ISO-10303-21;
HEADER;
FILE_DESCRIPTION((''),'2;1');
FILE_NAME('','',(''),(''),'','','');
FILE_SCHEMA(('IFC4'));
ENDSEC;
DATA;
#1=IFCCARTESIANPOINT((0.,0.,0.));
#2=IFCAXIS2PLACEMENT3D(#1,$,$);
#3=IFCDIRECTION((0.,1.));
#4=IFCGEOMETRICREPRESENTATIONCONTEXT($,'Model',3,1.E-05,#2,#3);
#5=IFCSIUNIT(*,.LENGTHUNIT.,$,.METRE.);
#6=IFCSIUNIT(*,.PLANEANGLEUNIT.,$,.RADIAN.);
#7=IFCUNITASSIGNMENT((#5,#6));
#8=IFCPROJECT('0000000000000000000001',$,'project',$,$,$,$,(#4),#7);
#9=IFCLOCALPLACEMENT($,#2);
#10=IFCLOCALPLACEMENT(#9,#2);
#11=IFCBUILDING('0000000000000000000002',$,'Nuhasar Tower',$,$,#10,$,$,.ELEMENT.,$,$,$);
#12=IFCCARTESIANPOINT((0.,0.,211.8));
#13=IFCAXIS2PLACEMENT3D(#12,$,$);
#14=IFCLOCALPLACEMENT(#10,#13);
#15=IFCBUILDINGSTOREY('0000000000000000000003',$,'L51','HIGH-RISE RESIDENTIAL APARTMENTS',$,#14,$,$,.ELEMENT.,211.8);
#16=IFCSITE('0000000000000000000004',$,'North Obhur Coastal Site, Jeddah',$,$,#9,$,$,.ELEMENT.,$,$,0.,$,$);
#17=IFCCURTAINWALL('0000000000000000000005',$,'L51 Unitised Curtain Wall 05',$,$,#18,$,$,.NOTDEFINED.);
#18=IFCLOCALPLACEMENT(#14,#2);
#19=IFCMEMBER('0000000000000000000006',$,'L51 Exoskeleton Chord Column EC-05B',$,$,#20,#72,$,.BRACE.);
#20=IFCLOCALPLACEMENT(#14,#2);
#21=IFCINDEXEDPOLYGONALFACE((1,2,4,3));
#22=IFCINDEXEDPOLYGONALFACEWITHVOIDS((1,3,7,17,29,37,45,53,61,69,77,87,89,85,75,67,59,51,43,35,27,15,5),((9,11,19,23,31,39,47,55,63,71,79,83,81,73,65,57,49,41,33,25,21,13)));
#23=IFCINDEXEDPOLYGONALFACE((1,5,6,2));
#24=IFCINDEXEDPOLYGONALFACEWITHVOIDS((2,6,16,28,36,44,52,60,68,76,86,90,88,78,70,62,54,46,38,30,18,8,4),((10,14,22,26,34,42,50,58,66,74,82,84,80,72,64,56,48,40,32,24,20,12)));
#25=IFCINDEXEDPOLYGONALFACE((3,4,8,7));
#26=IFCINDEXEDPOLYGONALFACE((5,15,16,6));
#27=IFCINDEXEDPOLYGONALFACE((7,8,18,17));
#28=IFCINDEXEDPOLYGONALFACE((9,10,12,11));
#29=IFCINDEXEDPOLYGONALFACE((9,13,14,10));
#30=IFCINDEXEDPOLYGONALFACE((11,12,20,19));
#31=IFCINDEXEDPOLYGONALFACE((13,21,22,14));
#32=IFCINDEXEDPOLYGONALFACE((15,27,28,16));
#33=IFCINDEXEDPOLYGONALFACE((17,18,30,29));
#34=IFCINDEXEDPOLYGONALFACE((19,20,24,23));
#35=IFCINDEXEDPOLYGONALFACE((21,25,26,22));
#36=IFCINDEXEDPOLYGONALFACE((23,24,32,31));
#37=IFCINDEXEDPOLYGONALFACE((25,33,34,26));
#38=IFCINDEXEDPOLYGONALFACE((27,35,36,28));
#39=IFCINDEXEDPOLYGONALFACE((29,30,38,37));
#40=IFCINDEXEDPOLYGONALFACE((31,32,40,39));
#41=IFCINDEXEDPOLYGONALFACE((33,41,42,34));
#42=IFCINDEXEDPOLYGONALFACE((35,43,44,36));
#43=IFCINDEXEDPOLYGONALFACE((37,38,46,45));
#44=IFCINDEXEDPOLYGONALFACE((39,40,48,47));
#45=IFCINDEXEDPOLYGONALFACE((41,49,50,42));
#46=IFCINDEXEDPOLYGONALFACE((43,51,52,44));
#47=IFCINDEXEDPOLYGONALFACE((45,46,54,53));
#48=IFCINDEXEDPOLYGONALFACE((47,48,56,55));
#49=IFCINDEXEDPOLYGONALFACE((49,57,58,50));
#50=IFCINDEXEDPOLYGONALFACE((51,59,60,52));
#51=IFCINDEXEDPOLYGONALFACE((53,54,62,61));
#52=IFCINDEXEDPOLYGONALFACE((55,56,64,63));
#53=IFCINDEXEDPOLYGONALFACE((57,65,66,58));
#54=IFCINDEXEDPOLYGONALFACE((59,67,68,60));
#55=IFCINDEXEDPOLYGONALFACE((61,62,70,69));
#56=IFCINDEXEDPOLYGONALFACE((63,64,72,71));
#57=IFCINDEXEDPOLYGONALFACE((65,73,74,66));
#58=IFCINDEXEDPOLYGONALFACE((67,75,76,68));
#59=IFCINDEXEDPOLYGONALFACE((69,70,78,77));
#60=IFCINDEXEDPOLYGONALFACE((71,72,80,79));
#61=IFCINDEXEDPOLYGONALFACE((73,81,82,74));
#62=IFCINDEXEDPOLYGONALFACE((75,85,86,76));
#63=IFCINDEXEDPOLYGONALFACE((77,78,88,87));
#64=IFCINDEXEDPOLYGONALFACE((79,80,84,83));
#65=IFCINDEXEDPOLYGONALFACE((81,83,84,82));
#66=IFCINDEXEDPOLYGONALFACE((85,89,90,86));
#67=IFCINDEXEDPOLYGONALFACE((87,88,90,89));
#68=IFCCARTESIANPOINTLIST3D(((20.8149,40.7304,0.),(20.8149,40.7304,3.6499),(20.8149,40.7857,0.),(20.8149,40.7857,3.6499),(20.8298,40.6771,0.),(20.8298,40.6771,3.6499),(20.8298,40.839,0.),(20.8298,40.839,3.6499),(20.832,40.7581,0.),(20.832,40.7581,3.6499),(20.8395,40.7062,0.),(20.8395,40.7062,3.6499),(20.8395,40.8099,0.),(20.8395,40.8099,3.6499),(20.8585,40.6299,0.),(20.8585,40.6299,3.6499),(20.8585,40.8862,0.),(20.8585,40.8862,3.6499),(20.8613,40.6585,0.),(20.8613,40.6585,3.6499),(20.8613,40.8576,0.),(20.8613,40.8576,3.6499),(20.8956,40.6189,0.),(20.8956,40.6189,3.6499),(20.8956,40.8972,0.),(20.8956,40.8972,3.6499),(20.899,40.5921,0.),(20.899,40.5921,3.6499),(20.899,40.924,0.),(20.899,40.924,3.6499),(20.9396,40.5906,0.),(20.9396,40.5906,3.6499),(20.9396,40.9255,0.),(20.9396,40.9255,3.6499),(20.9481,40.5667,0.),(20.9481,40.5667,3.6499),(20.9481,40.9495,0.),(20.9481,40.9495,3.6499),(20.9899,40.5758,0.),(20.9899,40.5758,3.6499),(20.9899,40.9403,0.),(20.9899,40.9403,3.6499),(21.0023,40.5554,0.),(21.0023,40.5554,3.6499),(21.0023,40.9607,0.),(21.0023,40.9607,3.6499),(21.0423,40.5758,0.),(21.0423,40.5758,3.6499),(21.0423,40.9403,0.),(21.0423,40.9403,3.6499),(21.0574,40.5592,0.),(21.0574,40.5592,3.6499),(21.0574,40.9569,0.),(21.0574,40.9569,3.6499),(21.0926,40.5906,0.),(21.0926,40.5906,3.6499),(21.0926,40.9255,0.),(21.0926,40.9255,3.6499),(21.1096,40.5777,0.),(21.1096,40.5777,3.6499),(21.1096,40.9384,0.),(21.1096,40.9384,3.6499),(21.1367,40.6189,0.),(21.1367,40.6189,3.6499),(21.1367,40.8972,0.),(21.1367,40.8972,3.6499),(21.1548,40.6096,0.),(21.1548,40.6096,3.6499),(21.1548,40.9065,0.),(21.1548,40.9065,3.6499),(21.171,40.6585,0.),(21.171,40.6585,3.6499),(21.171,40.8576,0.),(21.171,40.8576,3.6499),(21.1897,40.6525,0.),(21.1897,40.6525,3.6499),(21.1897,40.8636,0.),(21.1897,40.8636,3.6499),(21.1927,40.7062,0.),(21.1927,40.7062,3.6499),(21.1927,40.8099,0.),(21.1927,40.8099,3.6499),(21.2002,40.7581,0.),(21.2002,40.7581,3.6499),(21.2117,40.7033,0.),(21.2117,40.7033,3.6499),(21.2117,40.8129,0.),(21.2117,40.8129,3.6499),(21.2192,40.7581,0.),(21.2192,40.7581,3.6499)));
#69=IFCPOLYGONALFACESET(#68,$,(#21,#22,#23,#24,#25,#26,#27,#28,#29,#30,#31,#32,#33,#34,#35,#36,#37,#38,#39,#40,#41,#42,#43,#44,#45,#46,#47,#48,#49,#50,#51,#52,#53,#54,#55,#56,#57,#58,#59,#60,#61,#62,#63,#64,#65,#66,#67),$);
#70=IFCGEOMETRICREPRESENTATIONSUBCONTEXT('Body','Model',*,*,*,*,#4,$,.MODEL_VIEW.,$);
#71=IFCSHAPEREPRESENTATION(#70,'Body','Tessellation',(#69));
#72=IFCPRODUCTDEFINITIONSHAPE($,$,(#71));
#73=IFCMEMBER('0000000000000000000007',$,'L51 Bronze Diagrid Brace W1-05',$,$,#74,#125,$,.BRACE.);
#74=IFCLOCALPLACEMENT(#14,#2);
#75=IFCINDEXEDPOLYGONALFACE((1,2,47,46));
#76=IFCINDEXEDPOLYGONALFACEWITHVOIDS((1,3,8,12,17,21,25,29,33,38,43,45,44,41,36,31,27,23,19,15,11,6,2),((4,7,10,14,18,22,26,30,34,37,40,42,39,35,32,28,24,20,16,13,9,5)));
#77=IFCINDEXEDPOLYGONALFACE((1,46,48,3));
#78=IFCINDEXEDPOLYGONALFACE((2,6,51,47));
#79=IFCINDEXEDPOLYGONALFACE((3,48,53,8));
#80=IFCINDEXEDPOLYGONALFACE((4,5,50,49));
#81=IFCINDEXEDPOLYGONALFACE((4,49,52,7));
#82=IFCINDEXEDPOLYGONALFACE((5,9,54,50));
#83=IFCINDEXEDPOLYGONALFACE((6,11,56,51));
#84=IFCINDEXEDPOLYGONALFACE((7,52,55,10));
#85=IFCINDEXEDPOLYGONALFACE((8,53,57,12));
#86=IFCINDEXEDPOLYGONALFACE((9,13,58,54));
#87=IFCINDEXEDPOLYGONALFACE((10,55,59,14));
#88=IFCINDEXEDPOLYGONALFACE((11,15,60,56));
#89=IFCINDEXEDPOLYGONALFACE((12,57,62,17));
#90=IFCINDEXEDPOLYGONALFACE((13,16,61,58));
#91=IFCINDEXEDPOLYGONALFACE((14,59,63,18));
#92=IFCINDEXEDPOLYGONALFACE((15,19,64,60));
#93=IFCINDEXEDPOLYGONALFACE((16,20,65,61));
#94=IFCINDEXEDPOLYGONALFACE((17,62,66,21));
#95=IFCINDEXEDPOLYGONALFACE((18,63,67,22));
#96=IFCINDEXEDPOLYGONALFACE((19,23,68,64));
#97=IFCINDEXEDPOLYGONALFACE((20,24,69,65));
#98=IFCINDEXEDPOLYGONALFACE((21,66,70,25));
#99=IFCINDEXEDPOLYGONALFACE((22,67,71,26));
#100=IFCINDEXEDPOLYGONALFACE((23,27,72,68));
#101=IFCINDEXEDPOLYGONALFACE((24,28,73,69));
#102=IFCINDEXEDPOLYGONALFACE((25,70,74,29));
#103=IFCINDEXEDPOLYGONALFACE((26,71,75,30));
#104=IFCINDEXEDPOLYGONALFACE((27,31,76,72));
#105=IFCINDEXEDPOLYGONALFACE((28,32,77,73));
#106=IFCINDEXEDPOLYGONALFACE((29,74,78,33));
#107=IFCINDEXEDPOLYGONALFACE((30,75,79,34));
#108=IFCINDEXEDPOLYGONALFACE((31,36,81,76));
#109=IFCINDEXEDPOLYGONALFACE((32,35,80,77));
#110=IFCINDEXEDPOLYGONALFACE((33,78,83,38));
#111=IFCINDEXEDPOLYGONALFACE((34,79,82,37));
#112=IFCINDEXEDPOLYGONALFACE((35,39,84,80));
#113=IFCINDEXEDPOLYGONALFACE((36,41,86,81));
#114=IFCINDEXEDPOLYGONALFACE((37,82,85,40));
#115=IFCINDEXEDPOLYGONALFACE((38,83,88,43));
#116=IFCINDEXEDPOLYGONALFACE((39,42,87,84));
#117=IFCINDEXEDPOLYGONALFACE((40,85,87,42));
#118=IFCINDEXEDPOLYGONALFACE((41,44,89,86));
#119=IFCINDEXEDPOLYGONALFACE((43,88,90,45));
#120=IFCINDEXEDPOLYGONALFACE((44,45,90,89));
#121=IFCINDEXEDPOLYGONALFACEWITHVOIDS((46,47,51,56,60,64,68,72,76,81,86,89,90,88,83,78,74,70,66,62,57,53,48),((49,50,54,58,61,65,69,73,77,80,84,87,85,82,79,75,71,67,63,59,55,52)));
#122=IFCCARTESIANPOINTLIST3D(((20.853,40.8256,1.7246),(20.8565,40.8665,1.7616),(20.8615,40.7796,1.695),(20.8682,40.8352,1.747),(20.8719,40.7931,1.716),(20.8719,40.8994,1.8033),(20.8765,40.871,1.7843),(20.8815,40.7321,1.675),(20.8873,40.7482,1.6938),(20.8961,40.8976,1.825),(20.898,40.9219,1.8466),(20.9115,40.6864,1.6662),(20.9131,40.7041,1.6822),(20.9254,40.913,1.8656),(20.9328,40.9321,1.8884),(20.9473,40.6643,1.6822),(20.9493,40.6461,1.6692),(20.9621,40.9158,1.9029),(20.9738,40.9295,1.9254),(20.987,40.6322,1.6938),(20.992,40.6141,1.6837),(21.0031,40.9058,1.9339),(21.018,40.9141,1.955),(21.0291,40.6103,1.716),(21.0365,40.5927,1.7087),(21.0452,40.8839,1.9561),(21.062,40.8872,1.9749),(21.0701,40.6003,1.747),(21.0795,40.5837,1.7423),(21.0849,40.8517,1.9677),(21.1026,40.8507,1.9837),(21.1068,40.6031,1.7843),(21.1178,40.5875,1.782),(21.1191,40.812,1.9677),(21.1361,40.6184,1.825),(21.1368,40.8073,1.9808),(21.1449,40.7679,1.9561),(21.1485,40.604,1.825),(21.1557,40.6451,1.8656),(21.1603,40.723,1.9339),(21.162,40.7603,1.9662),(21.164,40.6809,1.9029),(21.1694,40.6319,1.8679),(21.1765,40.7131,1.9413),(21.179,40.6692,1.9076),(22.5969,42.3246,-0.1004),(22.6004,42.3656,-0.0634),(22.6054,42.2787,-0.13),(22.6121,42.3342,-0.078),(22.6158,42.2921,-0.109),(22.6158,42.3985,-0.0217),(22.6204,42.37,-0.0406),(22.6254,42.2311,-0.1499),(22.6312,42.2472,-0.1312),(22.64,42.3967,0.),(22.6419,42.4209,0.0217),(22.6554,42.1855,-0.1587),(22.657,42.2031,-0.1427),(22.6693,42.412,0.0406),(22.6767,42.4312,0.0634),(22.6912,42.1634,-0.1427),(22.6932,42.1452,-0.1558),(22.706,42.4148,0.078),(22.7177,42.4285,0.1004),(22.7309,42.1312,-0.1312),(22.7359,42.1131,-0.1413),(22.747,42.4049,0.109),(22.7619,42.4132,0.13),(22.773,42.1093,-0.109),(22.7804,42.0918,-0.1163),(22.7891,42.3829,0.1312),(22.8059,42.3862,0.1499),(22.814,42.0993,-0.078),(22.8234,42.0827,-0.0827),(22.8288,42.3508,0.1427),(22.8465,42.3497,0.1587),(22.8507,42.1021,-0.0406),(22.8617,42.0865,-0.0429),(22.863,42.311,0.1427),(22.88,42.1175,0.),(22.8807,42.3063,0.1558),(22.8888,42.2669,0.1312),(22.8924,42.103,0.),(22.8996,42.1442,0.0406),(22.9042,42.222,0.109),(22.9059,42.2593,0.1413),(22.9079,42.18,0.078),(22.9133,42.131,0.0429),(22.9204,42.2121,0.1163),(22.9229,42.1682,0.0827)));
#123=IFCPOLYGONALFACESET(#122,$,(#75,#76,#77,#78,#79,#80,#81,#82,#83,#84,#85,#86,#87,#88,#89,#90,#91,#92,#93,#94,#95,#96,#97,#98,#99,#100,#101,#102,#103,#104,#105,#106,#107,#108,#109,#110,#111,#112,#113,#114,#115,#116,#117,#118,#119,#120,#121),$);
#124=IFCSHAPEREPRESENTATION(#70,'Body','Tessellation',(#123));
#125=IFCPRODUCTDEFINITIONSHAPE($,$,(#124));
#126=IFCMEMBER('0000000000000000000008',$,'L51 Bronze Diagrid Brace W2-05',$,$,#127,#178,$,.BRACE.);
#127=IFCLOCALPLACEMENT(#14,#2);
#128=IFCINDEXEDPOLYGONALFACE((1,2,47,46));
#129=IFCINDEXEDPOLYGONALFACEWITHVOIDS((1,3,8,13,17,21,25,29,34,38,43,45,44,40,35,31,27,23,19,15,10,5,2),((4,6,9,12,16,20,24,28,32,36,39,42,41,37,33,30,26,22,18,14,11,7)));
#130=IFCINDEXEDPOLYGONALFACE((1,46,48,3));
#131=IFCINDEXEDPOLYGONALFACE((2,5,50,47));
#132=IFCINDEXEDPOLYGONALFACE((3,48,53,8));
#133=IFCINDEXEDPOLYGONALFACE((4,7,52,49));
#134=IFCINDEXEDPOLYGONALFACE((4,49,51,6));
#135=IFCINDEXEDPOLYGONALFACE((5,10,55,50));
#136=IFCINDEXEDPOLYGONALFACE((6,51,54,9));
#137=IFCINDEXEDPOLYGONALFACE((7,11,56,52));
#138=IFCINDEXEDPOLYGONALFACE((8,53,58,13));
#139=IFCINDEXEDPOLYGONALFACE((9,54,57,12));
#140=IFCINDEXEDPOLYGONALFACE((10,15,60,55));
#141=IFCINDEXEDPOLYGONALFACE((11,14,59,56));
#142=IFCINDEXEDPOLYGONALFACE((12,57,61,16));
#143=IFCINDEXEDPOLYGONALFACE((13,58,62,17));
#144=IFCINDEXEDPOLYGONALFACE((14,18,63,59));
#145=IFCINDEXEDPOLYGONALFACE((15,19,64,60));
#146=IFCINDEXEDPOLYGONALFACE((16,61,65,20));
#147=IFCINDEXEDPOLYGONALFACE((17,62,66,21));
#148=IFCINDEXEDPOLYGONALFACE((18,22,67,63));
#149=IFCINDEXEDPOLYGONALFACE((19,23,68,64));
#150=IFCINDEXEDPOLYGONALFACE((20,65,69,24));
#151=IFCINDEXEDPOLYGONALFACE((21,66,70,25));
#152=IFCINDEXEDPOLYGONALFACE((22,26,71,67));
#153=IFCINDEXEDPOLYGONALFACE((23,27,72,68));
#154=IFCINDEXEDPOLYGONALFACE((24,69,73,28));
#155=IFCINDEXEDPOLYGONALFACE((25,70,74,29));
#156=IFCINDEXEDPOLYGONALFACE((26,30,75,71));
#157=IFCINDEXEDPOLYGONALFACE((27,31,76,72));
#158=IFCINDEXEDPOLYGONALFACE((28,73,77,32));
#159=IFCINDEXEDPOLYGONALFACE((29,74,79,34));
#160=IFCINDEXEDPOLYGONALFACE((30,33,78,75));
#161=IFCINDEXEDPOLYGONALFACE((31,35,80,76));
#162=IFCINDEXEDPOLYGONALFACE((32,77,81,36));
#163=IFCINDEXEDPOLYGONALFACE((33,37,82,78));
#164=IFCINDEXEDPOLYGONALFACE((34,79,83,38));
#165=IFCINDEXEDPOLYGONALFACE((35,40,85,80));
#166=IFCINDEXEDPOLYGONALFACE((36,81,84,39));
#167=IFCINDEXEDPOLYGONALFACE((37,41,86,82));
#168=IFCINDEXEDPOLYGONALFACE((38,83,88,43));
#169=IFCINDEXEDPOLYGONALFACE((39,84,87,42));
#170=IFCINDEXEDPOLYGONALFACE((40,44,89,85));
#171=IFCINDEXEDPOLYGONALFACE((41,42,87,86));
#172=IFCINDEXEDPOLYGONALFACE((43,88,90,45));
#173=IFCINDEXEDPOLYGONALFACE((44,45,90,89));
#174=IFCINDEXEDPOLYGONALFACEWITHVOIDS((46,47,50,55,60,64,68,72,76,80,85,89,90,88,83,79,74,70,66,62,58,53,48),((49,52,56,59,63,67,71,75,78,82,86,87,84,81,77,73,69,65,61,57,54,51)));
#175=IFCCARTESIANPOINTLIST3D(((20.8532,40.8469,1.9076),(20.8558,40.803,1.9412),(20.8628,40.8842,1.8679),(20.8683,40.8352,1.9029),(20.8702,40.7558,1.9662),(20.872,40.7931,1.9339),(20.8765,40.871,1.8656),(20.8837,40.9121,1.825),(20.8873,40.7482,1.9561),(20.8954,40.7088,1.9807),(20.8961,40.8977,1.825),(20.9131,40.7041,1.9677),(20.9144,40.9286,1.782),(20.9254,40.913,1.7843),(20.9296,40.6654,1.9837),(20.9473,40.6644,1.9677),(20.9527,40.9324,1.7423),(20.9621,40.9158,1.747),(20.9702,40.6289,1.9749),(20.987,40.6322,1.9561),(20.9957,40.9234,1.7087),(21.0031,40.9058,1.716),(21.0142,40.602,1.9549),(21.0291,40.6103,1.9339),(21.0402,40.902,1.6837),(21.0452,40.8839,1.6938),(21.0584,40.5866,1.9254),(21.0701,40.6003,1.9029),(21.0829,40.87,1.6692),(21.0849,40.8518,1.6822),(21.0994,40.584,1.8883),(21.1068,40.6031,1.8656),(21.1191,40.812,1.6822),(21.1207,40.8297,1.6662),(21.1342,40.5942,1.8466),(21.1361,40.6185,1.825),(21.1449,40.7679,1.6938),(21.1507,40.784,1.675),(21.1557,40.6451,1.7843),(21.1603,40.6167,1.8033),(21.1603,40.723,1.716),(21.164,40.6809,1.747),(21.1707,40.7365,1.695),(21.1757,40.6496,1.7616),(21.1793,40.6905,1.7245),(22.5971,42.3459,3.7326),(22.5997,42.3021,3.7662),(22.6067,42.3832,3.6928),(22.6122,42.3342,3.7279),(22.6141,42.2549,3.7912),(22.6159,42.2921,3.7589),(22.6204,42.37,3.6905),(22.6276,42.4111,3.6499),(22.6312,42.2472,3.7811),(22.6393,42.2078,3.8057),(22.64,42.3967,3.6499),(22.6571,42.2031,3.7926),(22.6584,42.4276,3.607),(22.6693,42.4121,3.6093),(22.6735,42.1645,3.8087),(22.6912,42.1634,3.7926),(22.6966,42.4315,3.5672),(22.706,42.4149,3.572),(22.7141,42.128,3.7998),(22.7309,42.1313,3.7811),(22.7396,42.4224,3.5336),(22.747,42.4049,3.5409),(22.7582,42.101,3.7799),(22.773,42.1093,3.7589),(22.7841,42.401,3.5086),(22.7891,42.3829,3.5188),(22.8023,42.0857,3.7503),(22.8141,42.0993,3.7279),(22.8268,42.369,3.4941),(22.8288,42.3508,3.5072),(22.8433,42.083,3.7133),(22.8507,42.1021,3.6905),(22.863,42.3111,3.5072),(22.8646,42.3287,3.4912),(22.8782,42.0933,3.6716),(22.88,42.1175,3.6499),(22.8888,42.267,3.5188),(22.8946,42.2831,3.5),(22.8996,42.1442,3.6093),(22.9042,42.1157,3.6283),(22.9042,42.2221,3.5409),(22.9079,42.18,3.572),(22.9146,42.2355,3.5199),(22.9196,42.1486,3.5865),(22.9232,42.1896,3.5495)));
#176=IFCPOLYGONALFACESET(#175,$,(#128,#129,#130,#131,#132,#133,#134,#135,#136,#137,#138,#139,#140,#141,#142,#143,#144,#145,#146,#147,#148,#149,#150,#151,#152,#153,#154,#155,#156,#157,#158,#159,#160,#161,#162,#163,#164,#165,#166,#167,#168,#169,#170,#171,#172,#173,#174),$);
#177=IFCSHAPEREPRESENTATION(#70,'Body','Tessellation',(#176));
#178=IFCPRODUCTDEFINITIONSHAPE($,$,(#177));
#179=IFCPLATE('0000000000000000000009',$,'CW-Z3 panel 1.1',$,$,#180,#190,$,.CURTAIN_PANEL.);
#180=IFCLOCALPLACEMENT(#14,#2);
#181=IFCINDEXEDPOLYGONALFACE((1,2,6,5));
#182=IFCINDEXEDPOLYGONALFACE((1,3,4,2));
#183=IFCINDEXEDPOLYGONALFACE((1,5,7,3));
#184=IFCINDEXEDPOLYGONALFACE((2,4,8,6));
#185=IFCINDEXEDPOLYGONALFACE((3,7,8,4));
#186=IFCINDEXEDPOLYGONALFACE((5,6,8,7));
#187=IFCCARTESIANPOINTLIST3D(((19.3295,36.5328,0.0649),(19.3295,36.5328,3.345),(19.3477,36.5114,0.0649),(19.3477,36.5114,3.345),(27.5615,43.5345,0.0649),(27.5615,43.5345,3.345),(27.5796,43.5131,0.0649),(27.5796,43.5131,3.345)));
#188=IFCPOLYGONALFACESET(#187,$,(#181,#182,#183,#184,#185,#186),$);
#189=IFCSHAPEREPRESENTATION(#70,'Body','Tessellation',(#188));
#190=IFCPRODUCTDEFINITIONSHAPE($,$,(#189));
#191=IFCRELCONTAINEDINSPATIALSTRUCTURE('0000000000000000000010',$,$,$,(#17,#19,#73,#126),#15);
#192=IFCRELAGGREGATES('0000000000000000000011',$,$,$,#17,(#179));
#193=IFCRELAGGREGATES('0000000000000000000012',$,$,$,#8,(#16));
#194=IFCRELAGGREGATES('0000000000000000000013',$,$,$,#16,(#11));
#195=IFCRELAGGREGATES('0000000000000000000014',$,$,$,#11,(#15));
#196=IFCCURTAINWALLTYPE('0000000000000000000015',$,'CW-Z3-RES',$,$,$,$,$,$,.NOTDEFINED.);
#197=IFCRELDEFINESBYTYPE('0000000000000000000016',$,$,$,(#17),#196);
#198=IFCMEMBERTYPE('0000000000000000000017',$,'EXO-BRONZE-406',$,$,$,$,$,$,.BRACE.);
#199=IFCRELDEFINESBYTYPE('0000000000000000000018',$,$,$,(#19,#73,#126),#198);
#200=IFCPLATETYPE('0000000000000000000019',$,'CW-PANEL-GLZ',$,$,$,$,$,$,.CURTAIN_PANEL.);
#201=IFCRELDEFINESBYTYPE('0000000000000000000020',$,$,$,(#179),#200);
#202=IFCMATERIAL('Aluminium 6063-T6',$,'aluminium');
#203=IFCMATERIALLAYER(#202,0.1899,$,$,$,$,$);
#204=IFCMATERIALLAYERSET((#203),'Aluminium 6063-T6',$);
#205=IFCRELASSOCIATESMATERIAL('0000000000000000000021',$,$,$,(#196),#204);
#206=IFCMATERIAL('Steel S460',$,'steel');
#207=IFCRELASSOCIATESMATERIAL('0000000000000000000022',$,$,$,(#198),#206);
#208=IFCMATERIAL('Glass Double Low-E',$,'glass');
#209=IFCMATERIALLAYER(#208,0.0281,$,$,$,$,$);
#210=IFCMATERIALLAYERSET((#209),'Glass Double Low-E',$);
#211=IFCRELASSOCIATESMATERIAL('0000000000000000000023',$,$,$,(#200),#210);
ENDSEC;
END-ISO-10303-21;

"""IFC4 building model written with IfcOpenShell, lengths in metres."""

from ifc_helpers import new_model, si_unit, direction, frame, origin, origin_2d, place, context, subcontext, project, spatial, rectangle, hollow_circle, extrude, material, layer, layer_set, material_profile, profile_set, type_object, element, aggregate, save


model = new_model("IFC4")

# Units and contexts
model_context = context("Model", 3, precision=1e-05, world=origin(), true_north=direction((0.0, 1.0)))
body_context = subcontext(model_context, "Body", "Model", "MODEL_VIEW")
ifc_project = project(units=[si_unit("LENGTHUNIT", "METRE"), si_unit("PLANEANGLEUNIT", "RADIAN")], contexts=[model_context])

# Site, building, storey
site_placement = place(None, origin())
site = spatial("IfcSite", under=ifc_project, at=site_placement, Name="North Obhur Coastal Site, Jeddah", CompositionType="ELEMENT", RefElevation=0.0)
building_placement = place(site_placement, origin())
building = spatial("IfcBuilding", under=site, at=building_placement, Name="Nuhasar Tower", CompositionType="ELEMENT")
storey_placement = place(building_placement, frame((0.0, 0.0, 211.8)))
storey = spatial("IfcBuildingStorey", under=building, at=storey_placement, Name="L51", Description="HIGH-RISE RESIDENTIAL APARTMENTS", CompositionType="ELEMENT", Elevation=211.8)

# Shared definitions
ifc_material_1 = material(Name="Aluminium 6063-T6", Category="aluminium")
ifc_layer_1 = layer(ifc_material_1, 0.1899)
ifc_layer_set_1 = layer_set([ifc_layer_1], Name="Aluminium 6063-T6")
curtain_wall_type = type_object("IfcCurtainWallType", Name="CW-Z3-RES", PredefinedType="NOTDEFINED", material=ifc_layer_set_1)

# Curtain wall
curtain_wall_1_placement = place(storey_placement, origin())
curtain_wall_1 = element("IfcCurtainWall", 1, at=curtain_wall_1_placement, inside=storey, type_object=curtain_wall_type, Name="L51 Unitised Curtain Wall 05", PredefinedType="NOTDEFINED")

# Members
ifc_material_2 = material(Name="Steel S460", Category="steel")
ifc_material_profile_1 = material_profile(ifc_material_2, hollow_circle(Radius=0.2031, WallThickness=0.019, at=origin_2d()), Name="HSS406.4X19.1")
ifc_profile_set_1 = profile_set([ifc_material_profile_1], Name="Steel S460")
member_type_1 = type_object("IfcMemberType", Name="EXO-BRONZE-406", PredefinedType="BRACE", material=ifc_profile_set_1)
for number, where, z_axis, x_axis, name in (
    (2, (21.0161, 40.7581, 0.0), (0.0, 0.0, 1.0), (1.0, 0.0, 0.0), "L51 Exoskeleton Chord Column EC-05B"),
):
    element("IfcMember", number, at=place(storey_placement, frame(where, z_axis=z_axis, x_axis=x_axis)), inside=storey, type_object=member_type_1, Name=name, PredefinedType="BRACE", context=body_context, shape_type="SweptSolid", body=[
        extrude(hollow_circle(Radius=0.2031, WallThickness=0.019, at=origin_2d()), origin(), (0.0, 0.0, 1.0), 3.6499),
    ])
for number, where, z_axis, x_axis, name in (
    (3, (22.76, 42.2571, 0.0), (-0.594019, -0.510608, 0.621628), (0.651857, -0.758342, 0.0), "L51 Bronze Diagrid Brace W1-05"),
    (4, (21.0161, 40.7581, 1.825), (0.594019, 0.510608, 0.621628), (-0.651857, 0.758342, 0.0), "L51 Bronze Diagrid Brace W2-05"),
):
    element("IfcMember", number, at=place(storey_placement, frame(where, z_axis=z_axis, x_axis=x_axis)), inside=storey, type_object=member_type_1, Name=name, PredefinedType="BRACE", context=body_context, shape_type="SweptSolid", body=[
        extrude(hollow_circle(Radius=0.2031, WallThickness=0.019, at=origin_2d()), origin(), (0.0, 0.0, 1.0), 2.9358),
    ])

# Plate
ifc_material_3 = material(Name="Glass Double Low-E", Category="glass")
ifc_layer_2 = layer(ifc_material_3, 0.0281)
ifc_layer_set_2 = layer_set([ifc_layer_2], Name="Glass Double Low-E")
plate_type = type_object("IfcPlateType", Name="CW-PANEL-GLZ", PredefinedType="CURTAIN_PANEL", material=ifc_layer_set_2)
plate_placement = place(storey_placement, frame((23.4546, 40.0229, 0.0649), z_axis=(0.0, 0.0, 1.0), x_axis=(-0.761729, -0.647895, 0.0)))
plate = element("IfcPlate", 5, at=plate_placement, type_object=plate_type, Name="CW-Z3 panel 1.1", PredefinedType="CURTAIN_PANEL", context=body_context, shape_type="SweptSolid", body=[
    extrude(rectangle(XDim=10.8069, YDim=0.0281, at=origin_2d()), origin(), (0.0, 0.0, 1.0), 3.28),
])
aggregate(curtain_wall_1, [plate])

save(model, "model.ifc")
